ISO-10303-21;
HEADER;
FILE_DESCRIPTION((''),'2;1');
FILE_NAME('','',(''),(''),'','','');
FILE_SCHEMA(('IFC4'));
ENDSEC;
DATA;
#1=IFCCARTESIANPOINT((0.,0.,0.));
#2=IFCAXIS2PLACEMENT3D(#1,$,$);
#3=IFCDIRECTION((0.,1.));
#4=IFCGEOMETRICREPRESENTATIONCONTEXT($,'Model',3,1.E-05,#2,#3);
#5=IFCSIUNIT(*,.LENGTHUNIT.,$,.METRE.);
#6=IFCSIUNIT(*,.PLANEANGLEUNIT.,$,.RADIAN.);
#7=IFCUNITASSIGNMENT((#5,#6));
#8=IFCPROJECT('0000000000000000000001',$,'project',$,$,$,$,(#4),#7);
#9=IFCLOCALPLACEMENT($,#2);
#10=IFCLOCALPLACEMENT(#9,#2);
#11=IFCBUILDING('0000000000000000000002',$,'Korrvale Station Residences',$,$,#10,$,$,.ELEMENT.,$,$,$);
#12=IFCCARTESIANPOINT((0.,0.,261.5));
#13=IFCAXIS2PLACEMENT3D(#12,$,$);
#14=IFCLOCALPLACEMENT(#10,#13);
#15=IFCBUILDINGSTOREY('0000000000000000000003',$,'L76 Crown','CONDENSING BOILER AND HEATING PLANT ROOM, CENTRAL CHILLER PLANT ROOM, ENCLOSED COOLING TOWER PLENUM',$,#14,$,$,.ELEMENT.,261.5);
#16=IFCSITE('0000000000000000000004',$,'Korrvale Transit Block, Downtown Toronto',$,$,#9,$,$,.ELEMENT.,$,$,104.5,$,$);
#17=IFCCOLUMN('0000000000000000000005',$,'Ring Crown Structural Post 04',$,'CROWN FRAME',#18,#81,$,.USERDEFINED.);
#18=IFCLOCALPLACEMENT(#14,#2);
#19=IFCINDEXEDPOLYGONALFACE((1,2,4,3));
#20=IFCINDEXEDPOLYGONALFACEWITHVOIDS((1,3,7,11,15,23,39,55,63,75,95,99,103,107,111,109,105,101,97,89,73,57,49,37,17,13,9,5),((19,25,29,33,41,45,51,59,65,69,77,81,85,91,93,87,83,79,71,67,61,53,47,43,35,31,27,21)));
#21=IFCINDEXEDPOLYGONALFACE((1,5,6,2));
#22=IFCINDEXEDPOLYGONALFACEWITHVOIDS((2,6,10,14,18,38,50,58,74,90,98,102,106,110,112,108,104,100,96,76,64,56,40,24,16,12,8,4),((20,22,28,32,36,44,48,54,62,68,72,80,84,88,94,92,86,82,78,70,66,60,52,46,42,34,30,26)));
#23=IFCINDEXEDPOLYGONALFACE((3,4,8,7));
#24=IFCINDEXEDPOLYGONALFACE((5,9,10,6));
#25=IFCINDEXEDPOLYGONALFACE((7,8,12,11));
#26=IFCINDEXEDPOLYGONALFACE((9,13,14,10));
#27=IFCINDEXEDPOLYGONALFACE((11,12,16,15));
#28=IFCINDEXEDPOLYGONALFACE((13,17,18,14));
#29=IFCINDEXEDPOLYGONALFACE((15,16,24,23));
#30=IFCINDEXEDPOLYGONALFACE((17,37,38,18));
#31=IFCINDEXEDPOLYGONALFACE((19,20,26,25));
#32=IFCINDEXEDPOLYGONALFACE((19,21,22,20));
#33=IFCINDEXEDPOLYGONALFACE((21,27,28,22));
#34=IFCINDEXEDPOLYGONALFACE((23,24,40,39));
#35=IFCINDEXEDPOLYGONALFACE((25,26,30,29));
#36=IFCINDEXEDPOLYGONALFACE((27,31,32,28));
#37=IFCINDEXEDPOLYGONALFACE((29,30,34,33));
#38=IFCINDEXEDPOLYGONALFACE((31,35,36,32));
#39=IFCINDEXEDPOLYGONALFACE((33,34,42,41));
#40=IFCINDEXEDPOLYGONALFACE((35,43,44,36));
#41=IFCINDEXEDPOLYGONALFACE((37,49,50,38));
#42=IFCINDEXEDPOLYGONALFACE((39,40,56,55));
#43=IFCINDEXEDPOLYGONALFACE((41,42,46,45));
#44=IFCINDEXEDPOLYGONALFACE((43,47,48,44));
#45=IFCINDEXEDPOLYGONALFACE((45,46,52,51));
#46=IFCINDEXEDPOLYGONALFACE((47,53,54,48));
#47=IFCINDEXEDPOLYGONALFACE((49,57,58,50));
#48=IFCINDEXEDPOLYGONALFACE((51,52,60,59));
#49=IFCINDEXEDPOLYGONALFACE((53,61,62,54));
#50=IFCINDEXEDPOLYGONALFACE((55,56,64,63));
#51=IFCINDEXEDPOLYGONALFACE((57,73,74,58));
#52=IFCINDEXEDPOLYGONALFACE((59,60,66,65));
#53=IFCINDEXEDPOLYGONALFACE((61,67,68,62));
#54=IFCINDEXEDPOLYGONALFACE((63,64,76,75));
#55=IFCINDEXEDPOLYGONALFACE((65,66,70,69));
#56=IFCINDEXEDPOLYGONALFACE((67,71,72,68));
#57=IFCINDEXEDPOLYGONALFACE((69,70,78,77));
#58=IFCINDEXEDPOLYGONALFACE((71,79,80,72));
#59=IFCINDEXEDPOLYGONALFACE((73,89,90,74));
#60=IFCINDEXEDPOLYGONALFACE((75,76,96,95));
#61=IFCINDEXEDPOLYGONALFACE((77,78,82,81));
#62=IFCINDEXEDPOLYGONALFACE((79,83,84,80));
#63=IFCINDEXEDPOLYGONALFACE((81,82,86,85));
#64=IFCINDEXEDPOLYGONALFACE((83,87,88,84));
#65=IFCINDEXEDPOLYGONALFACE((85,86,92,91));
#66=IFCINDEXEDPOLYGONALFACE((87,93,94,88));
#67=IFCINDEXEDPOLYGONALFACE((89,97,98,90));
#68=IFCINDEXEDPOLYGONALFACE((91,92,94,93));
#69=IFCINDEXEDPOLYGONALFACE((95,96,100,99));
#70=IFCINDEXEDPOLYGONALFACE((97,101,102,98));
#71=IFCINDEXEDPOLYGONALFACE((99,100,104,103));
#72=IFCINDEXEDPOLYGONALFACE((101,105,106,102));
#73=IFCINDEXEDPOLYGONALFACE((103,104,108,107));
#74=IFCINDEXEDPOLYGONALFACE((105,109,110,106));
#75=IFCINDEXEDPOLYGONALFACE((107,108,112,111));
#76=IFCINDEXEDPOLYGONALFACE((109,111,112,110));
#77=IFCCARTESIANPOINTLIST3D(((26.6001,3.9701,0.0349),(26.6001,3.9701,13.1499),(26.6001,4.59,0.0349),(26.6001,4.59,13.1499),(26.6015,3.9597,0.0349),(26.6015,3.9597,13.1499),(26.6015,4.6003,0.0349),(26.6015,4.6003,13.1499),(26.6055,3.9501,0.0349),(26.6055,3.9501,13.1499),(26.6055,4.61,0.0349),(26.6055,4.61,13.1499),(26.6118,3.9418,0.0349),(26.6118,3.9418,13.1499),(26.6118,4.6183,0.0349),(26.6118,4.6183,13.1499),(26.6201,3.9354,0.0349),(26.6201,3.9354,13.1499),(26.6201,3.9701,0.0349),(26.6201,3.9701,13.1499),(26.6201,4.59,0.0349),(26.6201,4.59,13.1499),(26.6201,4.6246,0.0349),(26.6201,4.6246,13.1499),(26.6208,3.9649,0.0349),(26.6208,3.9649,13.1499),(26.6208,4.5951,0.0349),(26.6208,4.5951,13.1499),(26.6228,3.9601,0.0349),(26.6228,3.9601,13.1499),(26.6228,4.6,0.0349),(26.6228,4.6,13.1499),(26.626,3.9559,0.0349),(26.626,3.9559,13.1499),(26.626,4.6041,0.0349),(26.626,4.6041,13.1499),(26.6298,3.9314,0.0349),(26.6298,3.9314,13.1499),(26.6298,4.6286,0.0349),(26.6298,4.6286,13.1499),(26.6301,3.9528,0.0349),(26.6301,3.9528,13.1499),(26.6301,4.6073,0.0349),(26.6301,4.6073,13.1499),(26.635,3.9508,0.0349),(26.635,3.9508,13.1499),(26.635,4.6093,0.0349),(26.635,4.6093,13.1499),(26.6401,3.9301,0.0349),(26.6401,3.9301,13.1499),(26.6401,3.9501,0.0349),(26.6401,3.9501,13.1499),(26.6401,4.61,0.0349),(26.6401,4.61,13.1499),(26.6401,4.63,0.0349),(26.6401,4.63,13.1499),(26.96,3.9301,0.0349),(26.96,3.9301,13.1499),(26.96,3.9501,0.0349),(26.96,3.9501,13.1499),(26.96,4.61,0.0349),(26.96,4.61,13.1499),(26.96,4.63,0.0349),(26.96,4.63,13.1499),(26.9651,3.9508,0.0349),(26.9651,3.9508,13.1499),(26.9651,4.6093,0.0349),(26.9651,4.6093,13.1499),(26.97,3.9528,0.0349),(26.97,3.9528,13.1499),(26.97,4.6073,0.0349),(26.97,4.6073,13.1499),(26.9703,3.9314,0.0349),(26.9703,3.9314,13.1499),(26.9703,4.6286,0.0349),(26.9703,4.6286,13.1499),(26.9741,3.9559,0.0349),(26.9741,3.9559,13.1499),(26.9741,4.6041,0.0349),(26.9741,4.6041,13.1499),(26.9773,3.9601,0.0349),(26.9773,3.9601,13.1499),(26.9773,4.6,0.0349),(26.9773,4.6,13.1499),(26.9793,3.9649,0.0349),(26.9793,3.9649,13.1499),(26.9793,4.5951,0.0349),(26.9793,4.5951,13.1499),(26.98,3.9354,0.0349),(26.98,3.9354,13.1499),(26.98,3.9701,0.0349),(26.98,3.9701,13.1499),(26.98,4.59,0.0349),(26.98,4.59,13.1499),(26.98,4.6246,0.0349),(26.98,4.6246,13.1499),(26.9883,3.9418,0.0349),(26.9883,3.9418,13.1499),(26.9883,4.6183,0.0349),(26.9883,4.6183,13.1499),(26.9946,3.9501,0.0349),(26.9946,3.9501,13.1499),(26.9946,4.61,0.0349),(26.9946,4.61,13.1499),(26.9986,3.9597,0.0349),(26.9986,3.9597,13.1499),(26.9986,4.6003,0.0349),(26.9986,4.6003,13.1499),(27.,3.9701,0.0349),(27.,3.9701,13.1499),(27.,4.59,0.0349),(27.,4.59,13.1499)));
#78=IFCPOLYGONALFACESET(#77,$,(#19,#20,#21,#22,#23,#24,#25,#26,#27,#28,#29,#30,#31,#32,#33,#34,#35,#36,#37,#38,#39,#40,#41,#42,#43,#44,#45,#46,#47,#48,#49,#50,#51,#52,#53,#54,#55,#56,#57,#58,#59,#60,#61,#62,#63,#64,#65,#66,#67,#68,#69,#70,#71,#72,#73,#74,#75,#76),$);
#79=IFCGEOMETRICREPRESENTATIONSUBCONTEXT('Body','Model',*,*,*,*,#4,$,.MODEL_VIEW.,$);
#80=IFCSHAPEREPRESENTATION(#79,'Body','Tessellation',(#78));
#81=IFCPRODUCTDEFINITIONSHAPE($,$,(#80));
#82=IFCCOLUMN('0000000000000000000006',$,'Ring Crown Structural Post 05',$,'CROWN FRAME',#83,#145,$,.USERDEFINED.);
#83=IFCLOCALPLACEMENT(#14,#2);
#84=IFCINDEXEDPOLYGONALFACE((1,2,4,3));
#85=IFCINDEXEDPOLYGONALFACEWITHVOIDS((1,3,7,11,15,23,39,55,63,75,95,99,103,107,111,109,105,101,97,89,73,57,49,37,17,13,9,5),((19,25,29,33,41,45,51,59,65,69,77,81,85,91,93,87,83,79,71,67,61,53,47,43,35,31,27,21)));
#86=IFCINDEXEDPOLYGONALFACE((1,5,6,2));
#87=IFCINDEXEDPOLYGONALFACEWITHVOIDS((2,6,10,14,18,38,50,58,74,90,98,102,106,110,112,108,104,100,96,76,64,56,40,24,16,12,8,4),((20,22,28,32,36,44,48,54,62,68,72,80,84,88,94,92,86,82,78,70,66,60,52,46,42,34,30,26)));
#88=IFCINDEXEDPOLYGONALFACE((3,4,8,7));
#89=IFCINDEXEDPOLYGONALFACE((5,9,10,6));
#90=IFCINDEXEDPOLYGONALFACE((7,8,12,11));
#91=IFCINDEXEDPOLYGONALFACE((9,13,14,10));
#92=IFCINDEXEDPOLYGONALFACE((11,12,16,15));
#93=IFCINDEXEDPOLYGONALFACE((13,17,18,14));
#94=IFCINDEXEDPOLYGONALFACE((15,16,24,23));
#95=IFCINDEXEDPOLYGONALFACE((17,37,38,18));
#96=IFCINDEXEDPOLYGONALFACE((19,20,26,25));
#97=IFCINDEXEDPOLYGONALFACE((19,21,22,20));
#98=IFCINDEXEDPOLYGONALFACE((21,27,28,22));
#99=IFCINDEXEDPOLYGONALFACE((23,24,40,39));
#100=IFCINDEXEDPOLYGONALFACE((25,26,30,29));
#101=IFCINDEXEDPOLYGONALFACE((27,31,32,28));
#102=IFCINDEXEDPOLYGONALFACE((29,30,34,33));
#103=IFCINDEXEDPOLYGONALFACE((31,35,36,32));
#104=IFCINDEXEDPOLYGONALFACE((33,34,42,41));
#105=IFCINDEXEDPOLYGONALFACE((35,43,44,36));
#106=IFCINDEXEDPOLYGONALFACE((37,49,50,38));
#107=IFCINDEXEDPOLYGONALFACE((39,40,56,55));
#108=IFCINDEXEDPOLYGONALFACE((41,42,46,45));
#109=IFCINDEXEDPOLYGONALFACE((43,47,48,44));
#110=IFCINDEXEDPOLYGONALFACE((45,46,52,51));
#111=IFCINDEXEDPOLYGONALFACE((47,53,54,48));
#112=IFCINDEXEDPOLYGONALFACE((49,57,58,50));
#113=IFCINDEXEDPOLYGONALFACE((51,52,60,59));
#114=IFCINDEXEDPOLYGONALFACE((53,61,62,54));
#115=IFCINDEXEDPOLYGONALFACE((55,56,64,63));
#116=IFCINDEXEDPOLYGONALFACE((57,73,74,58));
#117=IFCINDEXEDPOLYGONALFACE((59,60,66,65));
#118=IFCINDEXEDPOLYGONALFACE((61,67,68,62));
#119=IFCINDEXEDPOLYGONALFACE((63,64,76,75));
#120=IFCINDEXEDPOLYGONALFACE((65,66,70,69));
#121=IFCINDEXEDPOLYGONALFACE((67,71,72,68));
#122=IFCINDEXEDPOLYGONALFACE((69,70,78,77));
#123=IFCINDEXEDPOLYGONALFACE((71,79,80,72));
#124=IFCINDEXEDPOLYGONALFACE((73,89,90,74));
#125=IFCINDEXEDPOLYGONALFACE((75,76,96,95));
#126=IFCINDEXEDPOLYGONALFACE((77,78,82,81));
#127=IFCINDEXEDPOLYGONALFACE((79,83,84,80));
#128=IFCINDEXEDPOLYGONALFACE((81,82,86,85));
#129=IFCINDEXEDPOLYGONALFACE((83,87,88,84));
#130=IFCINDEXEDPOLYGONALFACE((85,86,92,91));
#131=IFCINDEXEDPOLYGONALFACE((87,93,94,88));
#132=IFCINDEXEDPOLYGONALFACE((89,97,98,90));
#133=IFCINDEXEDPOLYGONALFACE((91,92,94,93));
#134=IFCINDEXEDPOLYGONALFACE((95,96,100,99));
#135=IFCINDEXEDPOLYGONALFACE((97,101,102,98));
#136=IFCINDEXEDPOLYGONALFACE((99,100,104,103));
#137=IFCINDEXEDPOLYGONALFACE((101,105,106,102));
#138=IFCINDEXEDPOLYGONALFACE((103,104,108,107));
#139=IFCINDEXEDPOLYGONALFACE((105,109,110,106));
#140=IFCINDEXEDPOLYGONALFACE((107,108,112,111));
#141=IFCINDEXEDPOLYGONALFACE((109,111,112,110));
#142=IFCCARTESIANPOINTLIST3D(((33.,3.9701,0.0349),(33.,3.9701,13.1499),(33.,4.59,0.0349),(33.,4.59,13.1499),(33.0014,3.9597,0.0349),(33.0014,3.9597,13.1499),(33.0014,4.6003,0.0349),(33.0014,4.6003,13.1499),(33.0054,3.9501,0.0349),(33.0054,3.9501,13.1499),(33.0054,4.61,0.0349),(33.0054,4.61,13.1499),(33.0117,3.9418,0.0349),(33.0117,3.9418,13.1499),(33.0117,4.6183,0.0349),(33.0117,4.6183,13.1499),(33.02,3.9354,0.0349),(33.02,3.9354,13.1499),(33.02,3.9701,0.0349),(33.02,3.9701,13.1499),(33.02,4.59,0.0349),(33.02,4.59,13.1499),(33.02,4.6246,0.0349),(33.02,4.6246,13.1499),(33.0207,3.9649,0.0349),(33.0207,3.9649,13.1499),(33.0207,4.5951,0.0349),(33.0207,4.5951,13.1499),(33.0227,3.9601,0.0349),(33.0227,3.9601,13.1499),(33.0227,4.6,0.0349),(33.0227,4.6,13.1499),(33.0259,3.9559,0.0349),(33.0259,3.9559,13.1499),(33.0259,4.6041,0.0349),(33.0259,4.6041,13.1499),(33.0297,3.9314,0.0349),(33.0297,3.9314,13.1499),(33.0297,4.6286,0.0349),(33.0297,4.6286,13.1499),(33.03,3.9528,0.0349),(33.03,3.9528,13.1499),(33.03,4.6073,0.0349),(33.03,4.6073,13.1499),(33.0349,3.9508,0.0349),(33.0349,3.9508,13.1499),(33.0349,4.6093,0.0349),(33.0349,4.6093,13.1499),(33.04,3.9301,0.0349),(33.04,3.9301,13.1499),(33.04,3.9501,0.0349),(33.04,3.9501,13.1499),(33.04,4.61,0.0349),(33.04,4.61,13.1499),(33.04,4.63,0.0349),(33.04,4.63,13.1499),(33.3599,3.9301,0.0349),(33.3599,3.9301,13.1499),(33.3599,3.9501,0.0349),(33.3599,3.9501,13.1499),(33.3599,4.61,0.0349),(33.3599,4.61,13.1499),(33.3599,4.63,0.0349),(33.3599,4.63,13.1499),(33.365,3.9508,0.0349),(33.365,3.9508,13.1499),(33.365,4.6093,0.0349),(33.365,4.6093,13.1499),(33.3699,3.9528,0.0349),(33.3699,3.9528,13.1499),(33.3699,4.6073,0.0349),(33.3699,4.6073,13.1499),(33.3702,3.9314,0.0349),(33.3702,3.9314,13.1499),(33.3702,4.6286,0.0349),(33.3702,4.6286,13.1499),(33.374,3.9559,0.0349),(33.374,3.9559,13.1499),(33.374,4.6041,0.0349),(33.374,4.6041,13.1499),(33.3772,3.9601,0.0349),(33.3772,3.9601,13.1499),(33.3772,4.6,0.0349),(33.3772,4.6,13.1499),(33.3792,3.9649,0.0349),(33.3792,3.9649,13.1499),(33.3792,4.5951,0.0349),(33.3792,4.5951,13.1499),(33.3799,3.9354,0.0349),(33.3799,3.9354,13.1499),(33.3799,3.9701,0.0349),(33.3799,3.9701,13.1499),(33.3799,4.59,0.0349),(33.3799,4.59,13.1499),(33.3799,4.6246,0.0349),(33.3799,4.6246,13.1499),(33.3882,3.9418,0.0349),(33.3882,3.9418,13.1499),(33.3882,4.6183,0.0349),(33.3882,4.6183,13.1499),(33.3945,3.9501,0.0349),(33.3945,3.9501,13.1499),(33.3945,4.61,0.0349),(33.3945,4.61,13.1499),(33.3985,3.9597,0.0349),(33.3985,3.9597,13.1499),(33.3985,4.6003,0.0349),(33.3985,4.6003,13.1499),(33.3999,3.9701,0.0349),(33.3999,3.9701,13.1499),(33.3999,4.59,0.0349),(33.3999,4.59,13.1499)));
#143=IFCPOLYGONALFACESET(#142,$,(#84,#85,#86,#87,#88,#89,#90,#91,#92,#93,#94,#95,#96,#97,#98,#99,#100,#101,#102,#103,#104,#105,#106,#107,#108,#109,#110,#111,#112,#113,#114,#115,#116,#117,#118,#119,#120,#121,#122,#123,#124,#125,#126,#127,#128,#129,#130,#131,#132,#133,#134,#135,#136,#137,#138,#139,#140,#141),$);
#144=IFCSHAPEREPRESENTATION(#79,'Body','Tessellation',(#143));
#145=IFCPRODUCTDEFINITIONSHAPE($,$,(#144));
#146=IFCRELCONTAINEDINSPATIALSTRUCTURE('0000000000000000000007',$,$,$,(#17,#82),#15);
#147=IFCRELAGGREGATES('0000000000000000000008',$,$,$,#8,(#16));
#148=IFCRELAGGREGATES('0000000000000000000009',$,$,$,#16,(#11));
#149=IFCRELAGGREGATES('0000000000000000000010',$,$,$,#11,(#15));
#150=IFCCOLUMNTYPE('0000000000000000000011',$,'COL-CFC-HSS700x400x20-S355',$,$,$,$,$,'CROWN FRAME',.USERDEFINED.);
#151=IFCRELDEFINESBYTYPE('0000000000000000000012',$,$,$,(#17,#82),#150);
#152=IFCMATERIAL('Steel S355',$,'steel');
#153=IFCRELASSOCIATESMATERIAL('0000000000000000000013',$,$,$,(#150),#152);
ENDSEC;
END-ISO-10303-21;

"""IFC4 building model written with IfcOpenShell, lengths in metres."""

from ifc_helpers import new_model, si_unit, direction, frame, origin, origin_2d, place, context, subcontext, project, spatial, hollow_rectangle, extrude, material, material_profile, profile_set, type_object, element, save


model = new_model("IFC4")

# Units and contexts
model_context = context("Model", 3, precision=1e-05, world=origin(), true_north=direction((0.0, 1.0)))
body_context = subcontext(model_context, "Body", "Model", "MODEL_VIEW")
ifc_project = project(units=[si_unit("LENGTHUNIT", "METRE"), si_unit("PLANEANGLEUNIT", "RADIAN")], contexts=[model_context])

# Site, building, storey
site_placement = place(None, origin())
site = spatial("IfcSite", under=ifc_project, at=site_placement, Name="Korrvale Transit Block, Downtown Toronto", CompositionType="ELEMENT", RefElevation=104.5)
building_placement = place(site_placement, origin())
building = spatial("IfcBuilding", under=site, at=building_placement, Name="Korrvale Station Residences", CompositionType="ELEMENT")
storey_placement = place(building_placement, frame((0.0, 0.0, 261.5)))
storey = spatial("IfcBuildingStorey", under=building, at=storey_placement, Name="L76 Crown", Description="CONDENSING BOILER AND HEATING PLANT ROOM, CENTRAL CHILLER PLANT ROOM, ENCLOSED COOLING TOWER PLENUM", CompositionType="ELEMENT", Elevation=261.5)

# Columns
ifc_material_1 = material(Name="Steel S355", Category="steel")
ifc_material_profile_1 = material_profile(ifc_material_1, hollow_rectangle(XDim=0.3999, YDim=0.7, WallThickness=0.02, InnerFilletRadius=0.02, OuterFilletRadius=0.04, at=origin_2d()), Name="HSS700x400x20")
ifc_profile_set_1 = profile_set([ifc_material_profile_1], Name="Steel S355")
column_type = type_object("IfcColumnType", Name="COL-CFC-HSS700x400x20-S355", ElementType="CROWN FRAME", PredefinedType="USERDEFINED", material=ifc_profile_set_1)
for number, where, z_axis, x_axis, name in (
    (1, (26.8, 4.28, 0.0349), (0.0, 0.0, 1.0), (1.0, 0.0, 0.0), "Ring Crown Structural Post 04"),
    (2, (33.2, 4.28, 0.0349), (0.0, 0.0, 1.0), (1.0, 0.0, 0.0), "Ring Crown Structural Post 05"),
):
    element("IfcColumn", number, at=place(storey_placement, frame(where, z_axis=z_axis, x_axis=x_axis)), inside=storey, type_object=column_type, Name=name, ObjectType="CROWN FRAME", PredefinedType="USERDEFINED", context=body_context, shape_type="SweptSolid", body=[
        extrude(hollow_rectangle(XDim=0.3999, YDim=0.7, WallThickness=0.02, InnerFilletRadius=0.02, OuterFilletRadius=0.04, at=origin_2d()), origin(), (0.0, 0.0, 1.0), 13.115),
    ])

save(model, "model.ifc")
